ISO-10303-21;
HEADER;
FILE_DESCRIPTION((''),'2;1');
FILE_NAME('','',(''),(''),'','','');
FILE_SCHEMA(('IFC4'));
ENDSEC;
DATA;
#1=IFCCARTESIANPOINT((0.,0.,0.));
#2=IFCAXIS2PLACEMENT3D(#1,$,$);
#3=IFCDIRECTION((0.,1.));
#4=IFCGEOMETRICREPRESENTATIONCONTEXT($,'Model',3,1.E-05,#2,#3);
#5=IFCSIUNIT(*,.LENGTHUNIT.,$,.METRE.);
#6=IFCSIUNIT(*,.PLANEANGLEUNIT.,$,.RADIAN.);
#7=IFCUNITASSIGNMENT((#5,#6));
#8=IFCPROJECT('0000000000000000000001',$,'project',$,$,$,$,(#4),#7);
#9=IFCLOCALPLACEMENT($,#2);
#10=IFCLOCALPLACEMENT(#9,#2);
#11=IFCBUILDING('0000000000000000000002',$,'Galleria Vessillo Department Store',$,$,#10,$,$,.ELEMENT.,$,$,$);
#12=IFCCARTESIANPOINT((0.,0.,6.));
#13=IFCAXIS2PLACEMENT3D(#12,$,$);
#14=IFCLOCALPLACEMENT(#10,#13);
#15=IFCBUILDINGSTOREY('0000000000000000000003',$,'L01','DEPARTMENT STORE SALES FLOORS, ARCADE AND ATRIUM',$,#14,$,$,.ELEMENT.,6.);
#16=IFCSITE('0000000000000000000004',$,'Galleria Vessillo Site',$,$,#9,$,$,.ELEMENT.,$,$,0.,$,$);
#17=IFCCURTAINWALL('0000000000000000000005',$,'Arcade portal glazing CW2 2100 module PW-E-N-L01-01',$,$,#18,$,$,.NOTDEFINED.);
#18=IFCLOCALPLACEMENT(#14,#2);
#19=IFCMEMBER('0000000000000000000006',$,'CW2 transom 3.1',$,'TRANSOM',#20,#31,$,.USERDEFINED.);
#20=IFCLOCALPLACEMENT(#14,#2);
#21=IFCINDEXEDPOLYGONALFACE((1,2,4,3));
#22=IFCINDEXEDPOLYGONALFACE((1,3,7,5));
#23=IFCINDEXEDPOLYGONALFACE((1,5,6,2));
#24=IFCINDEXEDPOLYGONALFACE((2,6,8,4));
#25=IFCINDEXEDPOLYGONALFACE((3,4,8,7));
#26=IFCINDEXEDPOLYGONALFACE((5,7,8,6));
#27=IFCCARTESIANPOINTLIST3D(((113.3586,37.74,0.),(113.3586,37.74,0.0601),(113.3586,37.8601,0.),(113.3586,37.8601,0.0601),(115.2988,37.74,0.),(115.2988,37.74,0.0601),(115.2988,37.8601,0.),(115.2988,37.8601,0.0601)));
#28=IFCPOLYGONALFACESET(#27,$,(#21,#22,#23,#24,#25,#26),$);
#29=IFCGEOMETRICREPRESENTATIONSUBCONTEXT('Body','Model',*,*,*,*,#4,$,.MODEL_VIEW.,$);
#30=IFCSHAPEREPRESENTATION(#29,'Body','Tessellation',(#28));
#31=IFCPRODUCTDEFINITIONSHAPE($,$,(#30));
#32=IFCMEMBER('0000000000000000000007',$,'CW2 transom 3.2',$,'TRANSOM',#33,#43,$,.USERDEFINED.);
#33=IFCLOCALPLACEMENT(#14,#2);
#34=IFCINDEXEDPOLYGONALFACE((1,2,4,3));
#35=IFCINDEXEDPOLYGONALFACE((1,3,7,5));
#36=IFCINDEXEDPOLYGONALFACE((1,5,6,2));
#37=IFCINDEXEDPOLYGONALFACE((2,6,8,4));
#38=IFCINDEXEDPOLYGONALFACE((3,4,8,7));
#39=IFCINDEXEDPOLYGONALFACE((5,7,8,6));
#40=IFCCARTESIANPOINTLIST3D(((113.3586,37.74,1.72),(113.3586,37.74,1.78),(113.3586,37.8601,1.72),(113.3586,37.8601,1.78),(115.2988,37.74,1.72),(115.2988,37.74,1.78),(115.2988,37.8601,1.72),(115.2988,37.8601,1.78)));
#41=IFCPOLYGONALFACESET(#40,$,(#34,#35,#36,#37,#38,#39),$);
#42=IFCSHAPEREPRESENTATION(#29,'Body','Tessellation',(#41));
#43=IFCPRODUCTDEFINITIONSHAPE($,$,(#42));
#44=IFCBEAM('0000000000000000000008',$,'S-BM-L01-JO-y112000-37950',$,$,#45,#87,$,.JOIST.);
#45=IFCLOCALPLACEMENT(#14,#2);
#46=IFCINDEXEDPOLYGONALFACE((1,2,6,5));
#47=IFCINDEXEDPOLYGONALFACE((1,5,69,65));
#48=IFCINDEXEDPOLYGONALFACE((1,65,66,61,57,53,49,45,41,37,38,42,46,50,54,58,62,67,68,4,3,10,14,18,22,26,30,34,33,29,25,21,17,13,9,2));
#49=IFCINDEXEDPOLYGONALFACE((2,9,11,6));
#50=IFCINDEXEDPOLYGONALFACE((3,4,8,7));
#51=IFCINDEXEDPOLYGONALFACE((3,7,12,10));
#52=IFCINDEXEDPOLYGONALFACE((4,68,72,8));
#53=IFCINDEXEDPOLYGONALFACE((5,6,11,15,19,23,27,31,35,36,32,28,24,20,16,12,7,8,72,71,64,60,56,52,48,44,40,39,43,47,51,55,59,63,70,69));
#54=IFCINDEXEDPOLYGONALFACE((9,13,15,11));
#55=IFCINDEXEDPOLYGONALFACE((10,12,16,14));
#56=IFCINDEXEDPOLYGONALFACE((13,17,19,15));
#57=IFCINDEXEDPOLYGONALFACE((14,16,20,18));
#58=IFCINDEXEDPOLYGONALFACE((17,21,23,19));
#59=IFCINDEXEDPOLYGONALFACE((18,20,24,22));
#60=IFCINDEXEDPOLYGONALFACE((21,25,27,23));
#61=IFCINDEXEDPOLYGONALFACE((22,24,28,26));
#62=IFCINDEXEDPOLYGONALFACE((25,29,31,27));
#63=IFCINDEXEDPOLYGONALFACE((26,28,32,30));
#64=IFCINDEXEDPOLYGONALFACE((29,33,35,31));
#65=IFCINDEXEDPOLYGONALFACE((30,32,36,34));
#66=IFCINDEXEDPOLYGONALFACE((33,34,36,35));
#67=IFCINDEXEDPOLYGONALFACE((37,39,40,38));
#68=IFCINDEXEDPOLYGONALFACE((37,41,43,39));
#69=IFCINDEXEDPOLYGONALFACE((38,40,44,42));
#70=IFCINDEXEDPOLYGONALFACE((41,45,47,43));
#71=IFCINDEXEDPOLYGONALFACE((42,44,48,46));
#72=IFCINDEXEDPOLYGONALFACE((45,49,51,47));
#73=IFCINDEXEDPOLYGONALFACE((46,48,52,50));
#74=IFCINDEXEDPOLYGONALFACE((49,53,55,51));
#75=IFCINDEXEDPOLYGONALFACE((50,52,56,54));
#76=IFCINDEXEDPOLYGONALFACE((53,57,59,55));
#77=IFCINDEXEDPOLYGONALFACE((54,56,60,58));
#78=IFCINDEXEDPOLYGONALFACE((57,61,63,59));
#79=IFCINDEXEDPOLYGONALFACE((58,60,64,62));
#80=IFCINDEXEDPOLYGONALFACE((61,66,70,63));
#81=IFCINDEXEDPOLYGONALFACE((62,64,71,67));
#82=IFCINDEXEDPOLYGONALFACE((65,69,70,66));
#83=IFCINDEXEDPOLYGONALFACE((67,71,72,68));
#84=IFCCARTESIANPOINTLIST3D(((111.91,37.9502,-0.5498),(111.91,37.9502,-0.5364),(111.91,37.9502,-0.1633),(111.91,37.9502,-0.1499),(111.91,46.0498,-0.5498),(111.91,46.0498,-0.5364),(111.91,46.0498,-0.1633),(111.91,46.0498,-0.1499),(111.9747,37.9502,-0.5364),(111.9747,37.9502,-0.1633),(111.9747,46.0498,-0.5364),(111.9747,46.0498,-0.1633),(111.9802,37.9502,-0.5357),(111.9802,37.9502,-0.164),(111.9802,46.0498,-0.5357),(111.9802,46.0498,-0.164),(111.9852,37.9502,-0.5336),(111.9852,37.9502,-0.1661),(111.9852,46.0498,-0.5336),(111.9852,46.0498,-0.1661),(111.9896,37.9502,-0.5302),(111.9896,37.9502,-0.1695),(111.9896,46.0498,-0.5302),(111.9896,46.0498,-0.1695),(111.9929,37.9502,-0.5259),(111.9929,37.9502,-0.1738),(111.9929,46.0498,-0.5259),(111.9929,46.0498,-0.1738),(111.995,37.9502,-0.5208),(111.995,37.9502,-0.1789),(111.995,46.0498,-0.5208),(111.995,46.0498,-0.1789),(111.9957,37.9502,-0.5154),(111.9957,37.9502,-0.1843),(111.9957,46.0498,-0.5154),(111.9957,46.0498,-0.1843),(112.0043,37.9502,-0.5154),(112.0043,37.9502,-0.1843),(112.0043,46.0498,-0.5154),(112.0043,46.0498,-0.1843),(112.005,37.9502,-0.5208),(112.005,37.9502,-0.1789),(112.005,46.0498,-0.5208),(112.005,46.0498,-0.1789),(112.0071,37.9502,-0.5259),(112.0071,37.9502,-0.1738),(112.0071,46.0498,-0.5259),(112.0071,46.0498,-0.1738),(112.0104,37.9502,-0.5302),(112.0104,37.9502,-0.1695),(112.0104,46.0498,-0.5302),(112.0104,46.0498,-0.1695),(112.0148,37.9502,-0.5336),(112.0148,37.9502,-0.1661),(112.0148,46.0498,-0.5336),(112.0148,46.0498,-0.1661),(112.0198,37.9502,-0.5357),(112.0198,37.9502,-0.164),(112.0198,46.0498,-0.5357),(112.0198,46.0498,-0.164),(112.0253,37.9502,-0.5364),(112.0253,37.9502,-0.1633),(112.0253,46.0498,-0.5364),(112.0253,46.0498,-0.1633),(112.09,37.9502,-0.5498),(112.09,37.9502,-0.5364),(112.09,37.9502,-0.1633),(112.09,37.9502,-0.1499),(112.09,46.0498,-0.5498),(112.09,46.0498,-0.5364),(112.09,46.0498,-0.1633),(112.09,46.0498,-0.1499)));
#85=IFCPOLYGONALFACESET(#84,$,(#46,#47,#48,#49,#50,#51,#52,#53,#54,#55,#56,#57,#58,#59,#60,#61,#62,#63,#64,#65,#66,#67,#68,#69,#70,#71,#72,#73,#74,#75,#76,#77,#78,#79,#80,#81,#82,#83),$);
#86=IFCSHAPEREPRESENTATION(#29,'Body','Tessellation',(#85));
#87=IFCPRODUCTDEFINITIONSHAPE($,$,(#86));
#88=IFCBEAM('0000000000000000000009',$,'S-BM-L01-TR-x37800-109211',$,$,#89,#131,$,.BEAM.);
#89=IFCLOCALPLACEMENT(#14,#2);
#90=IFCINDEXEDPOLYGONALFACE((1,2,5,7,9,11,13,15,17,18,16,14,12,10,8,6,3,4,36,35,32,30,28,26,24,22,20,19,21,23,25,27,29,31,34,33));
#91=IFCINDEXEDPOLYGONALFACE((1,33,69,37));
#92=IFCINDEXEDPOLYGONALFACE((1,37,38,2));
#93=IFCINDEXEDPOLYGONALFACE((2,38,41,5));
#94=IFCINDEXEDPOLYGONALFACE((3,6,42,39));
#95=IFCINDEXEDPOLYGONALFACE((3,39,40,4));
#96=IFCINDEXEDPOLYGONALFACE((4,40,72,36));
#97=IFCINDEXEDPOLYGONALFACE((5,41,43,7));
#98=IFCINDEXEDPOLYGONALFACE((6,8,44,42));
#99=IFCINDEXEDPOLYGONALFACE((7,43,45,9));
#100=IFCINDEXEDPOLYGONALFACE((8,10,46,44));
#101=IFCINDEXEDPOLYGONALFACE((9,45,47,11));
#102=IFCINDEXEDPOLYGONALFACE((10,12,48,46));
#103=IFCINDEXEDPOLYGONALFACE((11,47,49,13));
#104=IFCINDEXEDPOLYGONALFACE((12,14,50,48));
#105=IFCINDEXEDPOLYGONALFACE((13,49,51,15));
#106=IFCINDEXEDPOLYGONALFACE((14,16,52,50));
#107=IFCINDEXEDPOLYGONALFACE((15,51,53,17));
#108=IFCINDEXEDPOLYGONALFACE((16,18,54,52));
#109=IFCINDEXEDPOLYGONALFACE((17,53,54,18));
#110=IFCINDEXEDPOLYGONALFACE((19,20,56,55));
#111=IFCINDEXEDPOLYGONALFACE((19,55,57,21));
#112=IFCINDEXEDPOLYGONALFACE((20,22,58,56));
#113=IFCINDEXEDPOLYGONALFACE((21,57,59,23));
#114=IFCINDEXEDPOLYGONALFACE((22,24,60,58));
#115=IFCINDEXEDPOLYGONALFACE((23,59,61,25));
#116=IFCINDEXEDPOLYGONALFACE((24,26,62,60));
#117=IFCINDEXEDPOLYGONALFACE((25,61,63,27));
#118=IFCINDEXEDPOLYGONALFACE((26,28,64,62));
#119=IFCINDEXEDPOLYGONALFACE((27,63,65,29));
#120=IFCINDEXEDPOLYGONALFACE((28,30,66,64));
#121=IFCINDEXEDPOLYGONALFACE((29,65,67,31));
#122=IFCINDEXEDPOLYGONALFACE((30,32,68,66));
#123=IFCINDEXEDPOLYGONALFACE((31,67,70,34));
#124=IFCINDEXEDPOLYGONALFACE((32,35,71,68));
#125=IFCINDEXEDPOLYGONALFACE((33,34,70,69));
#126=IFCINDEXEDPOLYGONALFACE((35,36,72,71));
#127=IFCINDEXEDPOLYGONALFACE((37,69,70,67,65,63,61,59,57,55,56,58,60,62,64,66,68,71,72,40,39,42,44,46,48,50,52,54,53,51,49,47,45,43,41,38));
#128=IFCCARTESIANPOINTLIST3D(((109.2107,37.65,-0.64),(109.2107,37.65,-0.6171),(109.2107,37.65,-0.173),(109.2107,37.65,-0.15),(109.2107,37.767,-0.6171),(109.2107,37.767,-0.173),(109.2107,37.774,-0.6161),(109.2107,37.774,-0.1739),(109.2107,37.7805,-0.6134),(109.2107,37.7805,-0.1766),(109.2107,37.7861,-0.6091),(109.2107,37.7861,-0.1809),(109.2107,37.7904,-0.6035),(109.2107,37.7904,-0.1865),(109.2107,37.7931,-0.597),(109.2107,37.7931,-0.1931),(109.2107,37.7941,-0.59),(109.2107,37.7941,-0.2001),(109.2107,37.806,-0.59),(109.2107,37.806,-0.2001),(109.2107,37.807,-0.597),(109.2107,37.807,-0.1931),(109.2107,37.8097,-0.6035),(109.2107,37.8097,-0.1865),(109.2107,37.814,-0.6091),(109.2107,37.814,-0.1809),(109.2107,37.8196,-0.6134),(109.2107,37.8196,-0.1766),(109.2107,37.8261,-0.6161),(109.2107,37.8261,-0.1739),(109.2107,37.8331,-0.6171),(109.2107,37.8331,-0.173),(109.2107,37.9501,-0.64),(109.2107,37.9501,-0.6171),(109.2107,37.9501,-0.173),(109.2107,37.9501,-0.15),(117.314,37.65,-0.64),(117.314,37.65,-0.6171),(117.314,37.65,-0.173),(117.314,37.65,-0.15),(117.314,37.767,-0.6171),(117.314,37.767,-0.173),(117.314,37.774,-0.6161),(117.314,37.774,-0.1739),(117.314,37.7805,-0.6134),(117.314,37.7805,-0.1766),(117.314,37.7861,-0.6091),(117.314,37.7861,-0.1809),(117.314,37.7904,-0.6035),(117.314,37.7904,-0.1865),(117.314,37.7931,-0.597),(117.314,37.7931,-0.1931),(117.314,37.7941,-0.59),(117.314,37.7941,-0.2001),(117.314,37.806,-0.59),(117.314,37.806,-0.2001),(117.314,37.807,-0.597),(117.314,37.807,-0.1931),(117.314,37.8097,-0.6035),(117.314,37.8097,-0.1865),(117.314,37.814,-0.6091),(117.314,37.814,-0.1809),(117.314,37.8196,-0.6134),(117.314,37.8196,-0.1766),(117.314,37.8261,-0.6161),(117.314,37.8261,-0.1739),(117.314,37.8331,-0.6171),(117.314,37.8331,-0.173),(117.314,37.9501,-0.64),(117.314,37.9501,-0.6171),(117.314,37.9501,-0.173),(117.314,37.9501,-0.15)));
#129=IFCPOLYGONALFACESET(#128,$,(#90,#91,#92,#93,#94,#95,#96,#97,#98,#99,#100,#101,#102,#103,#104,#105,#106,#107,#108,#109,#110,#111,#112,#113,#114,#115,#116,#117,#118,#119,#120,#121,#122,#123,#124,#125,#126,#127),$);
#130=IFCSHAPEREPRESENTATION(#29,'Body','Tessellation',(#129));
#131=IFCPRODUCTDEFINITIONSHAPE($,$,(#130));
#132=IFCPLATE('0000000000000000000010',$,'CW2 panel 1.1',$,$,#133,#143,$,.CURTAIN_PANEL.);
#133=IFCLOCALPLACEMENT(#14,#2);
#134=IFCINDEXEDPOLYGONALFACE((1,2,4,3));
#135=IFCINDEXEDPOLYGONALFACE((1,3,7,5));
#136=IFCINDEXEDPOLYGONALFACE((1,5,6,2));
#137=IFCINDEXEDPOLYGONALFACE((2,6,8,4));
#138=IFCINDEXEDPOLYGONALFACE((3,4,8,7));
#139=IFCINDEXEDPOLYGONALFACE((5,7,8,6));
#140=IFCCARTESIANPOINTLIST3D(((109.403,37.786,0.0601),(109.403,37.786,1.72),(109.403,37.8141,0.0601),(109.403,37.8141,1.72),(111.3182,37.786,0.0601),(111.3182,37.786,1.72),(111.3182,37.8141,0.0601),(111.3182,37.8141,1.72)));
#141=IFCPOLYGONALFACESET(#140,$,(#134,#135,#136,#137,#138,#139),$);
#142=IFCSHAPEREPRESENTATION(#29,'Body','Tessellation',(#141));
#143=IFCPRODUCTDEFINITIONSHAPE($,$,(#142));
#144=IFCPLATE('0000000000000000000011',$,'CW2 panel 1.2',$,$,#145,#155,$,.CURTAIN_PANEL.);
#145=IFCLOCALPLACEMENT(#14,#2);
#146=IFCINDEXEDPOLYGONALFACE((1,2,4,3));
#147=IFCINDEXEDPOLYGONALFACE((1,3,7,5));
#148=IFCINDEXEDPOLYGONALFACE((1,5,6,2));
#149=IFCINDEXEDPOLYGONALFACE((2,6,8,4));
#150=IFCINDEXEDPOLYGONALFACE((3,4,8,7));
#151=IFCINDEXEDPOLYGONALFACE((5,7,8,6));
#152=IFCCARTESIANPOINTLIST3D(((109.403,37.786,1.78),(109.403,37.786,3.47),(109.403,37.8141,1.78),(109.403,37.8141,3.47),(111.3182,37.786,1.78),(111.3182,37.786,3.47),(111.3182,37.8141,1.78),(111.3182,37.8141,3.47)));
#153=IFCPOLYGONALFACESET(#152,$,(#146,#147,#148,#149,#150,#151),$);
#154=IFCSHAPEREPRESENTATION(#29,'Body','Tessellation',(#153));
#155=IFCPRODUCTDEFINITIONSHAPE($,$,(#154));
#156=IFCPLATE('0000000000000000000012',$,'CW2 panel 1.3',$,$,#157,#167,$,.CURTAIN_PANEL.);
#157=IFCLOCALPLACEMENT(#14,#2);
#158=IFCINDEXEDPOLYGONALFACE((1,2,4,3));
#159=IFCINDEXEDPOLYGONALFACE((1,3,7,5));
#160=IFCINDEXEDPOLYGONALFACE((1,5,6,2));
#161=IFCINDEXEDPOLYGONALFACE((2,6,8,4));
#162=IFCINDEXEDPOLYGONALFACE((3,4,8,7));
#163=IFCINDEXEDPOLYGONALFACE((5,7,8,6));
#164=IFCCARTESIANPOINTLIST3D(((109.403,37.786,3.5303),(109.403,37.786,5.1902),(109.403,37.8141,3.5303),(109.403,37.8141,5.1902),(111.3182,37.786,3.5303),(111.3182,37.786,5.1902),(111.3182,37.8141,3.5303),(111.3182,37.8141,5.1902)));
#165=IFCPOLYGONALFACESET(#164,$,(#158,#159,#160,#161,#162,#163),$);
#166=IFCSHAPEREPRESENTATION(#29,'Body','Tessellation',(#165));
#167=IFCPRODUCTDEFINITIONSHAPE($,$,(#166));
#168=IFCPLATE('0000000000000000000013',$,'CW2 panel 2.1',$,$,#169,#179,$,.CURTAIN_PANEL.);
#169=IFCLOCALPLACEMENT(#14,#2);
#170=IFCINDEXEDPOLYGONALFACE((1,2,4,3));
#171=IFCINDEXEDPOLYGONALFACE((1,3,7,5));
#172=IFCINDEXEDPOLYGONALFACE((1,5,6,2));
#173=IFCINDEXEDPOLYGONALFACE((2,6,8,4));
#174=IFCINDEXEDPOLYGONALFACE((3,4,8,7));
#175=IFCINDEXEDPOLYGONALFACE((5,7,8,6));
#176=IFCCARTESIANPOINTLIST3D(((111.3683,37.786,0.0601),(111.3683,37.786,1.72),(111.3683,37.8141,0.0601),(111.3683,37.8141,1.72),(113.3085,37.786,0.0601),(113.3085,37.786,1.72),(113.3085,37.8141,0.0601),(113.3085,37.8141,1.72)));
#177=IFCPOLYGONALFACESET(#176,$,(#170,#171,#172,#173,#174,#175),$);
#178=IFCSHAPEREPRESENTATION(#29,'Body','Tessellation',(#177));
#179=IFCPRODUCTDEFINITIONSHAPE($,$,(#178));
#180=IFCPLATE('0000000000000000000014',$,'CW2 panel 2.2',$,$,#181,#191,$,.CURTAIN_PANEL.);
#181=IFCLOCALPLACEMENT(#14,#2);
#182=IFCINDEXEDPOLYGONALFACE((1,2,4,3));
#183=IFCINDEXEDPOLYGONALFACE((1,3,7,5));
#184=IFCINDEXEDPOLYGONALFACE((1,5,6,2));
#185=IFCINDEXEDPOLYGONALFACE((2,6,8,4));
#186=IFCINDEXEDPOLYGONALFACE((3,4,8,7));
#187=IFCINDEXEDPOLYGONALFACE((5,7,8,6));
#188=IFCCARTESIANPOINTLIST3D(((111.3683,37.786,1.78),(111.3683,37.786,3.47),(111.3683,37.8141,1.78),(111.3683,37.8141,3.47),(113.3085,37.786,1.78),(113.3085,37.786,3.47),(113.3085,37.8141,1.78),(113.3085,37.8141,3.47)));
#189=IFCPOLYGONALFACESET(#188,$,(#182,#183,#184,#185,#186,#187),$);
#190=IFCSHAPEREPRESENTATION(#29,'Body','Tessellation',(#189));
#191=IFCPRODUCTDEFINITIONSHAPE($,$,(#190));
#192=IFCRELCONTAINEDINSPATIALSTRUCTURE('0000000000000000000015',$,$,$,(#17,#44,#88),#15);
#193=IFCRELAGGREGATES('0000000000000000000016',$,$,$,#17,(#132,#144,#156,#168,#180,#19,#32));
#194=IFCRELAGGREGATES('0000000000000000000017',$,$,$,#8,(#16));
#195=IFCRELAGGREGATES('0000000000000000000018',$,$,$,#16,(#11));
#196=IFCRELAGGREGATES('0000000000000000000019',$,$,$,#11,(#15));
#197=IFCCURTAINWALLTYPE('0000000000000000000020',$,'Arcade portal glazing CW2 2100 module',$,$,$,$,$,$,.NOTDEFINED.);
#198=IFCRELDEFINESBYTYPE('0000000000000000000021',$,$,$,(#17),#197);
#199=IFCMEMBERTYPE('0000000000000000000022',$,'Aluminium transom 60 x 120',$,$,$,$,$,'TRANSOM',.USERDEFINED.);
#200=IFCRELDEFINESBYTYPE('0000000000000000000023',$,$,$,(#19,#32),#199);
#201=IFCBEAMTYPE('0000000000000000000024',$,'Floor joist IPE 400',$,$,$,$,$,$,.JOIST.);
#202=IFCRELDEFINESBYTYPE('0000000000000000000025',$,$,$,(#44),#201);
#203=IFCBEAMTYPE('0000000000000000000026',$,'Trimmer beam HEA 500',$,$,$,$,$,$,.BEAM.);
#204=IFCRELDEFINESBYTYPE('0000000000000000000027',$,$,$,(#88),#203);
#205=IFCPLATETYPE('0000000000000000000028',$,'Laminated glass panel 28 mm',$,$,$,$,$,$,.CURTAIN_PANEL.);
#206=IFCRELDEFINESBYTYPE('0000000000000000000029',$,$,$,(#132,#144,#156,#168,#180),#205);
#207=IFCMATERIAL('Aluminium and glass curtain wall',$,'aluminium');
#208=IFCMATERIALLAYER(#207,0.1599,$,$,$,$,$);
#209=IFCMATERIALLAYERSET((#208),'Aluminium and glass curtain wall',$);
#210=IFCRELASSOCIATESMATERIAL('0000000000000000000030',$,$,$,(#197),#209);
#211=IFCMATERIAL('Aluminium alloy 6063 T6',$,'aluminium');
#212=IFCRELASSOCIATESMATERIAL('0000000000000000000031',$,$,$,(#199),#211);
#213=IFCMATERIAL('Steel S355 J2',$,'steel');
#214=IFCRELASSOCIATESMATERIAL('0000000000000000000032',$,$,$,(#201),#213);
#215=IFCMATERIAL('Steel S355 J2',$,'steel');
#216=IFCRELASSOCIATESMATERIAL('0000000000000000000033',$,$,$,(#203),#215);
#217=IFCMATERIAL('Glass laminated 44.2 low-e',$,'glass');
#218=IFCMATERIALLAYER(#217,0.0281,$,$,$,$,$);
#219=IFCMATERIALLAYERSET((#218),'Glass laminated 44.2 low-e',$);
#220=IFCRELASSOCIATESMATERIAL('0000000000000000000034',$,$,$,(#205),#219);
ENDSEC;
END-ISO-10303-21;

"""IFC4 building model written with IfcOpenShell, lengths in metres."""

from ifc_helpers import new_model, si_unit, direction, frame, origin, origin_2d, place, context, subcontext, project, spatial, rectangle, i_section, extrude, material, layer, layer_set, material_profile, profile_set, type_object, element, aggregate, save


model = new_model("IFC4")

# Units and contexts
model_context = context("Model", 3, precision=1e-05, world=origin(), true_north=direction((0.0, 1.0)))
body_context = subcontext(model_context, "Body", "Model", "MODEL_VIEW")
ifc_project = project(units=[si_unit("LENGTHUNIT", "METRE"), si_unit("PLANEANGLEUNIT", "RADIAN")], contexts=[model_context])

# Site, building, storey
site_placement = place(None, origin())
site = spatial("IfcSite", under=ifc_project, at=site_placement, Name="Galleria Vessillo Site", CompositionType="ELEMENT", RefElevation=0.0)
building_placement = place(site_placement, origin())
building = spatial("IfcBuilding", under=site, at=building_placement, Name="Galleria Vessillo Department Store", CompositionType="ELEMENT")
storey_placement = place(building_placement, frame((0.0, 0.0, 6.0)))
storey = spatial("IfcBuildingStorey", under=building, at=storey_placement, Name="L01", Description="DEPARTMENT STORE SALES FLOORS, ARCADE AND ATRIUM", CompositionType="ELEMENT", Elevation=6.0)

# Curtain wall, members
ifc_material_1 = material(Name="Aluminium and glass curtain wall", Category="aluminium")
ifc_layer_1 = layer(ifc_material_1, 0.1599)
ifc_layer_set_1 = layer_set([ifc_layer_1], Name="Aluminium and glass curtain wall")
curtain_wall_type = type_object("IfcCurtainWallType", Name="Arcade portal glazing CW2 2100 module", PredefinedType="NOTDEFINED", material=ifc_layer_set_1)
curtain_wall_placement = place(storey_placement, origin())
curtain_wall = element("IfcCurtainWall", 1, at=curtain_wall_placement, inside=storey, type_object=curtain_wall_type, Name="Arcade portal glazing CW2 2100 module PW-E-N-L01-01", PredefinedType="NOTDEFINED")
ifc_material_2 = material(Name="Aluminium alloy 6063 T6", Category="aluminium")
ifc_material_profile_1 = material_profile(ifc_material_2, rectangle(XDim=0.1201, YDim=0.0601, at=origin_2d()), Name="AL 60x120")
ifc_profile_set_1 = profile_set([ifc_material_profile_1], Name="Aluminium alloy 6063 T6")
member_type_1 = type_object("IfcMemberType", Name="Aluminium transom 60 x 120", ElementType="TRANSOM", PredefinedType="USERDEFINED", material=ifc_profile_set_1)
member_1_placement = place(storey_placement, frame((113.3586, 37.8, 0.03), z_axis=(1.0, 0.0, 0.0), x_axis=(0.0, 1.0, 0.0)))
member_1 = element("IfcMember", 2, at=member_1_placement, type_object=member_type_1, Name="CW2 transom 3.1", ObjectType="TRANSOM", PredefinedType="USERDEFINED", context=body_context, shape_type="SweptSolid", body=[
    extrude(rectangle(XDim=0.1201, YDim=0.0601, at=origin_2d()), origin(), (0.0, 0.0, 1.0), 1.9402),
])
member_2_placement = place(storey_placement, frame((113.3586, 37.8, 1.75), z_axis=(1.0, 0.0, 0.0), x_axis=(0.0, 1.0, 0.0)))
member_2 = element("IfcMember", 3, at=member_2_placement, type_object=member_type_1, Name="CW2 transom 3.2", ObjectType="TRANSOM", PredefinedType="USERDEFINED", context=body_context, shape_type="SweptSolid", body=[
    extrude(rectangle(XDim=0.1201, YDim=0.0601, at=origin_2d()), origin(), (0.0, 0.0, 1.0), 1.9402),
])

# Beams
ifc_material_3 = material(Name="Steel S355 J2", Category="steel")
ifc_material_profile_2 = material_profile(ifc_material_3, i_section(OverallWidth=0.1799, OverallDepth=0.3999, WebThickness=0.0085, FlangeThickness=0.0134, FilletRadius=0.021, at=origin_2d()), Name="IPE 400")
ifc_profile_set_2 = profile_set([ifc_material_profile_2], Name="Steel S355 J2")
beam_type_1 = type_object("IfcBeamType", Name="Floor joist IPE 400", PredefinedType="JOIST", material=ifc_profile_set_2)
beam_1_placement = place(storey_placement, frame((112.0, 37.9502, -0.3499), z_axis=(0.0, 1.0, 0.0), x_axis=(-1.0, 0.0, 0.0)))
element("IfcBeam", 4, at=beam_1_placement, inside=storey, type_object=beam_type_1, Name="S-BM-L01-JO-y112000-37950", PredefinedType="JOIST", context=body_context, shape_type="SweptSolid", body=[
    extrude(i_section(OverallWidth=0.1799, OverallDepth=0.3999, WebThickness=0.0085, FlangeThickness=0.0134, FilletRadius=0.021, at=origin_2d()), origin(), (0.0, 0.0, 1.0), 8.0996),
])
ifc_material_4 = material(Name="Steel S355 J2", Category="steel")
ifc_material_profile_3 = material_profile(ifc_material_4, i_section(OverallWidth=0.3, OverallDepth=0.49, WebThickness=0.012, FlangeThickness=0.0229, FilletRadius=0.0271, at=origin_2d()), Name="HEA 500")
ifc_profile_set_3 = profile_set([ifc_material_profile_3], Name="Steel S355 J2")
beam_type_2 = type_object("IfcBeamType", Name="Trimmer beam HEA 500", PredefinedType="BEAM", material=ifc_profile_set_3)
beam_2_placement = place(storey_placement, frame((109.2107, 37.8, -0.395), z_axis=(1.0, 0.0, 0.0), x_axis=(0.0, 1.0, 0.0)))
element("IfcBeam", 5, at=beam_2_placement, inside=storey, type_object=beam_type_2, Name="S-BM-L01-TR-x37800-109211", PredefinedType="BEAM", context=body_context, shape_type="SweptSolid", body=[
    extrude(i_section(OverallWidth=0.3, OverallDepth=0.49, WebThickness=0.012, FlangeThickness=0.0229, FilletRadius=0.0271, at=origin_2d()), origin(), (0.0, 0.0, 1.0), 8.1033),
])

# Plates
ifc_material_5 = material(Name="Glass laminated 44.2 low-e", Category="glass")
ifc_layer_2 = layer(ifc_material_5, 0.0281)
ifc_layer_set_2 = layer_set([ifc_layer_2], Name="Glass laminated 44.2 low-e")
plate_type = type_object("IfcPlateType", Name="Laminated glass panel 28 mm", PredefinedType="CURTAIN_PANEL", material=ifc_layer_set_2)
plate_1_placement = place(storey_placement, frame((110.3606, 37.8, 0.0601), z_axis=(0.0, 0.0, 1.0), x_axis=(1.0, 0.0, 0.0)))
plate_1 = element("IfcPlate", 6, at=plate_1_placement, type_object=plate_type, Name="CW2 panel 1.1", PredefinedType="CURTAIN_PANEL", context=body_context, shape_type="SweptSolid", body=[
    extrude(rectangle(XDim=1.9153, YDim=0.0281, at=origin_2d()), origin(), (0.0, 0.0, 1.0), 1.6599),
])
plate_2_placement = place(storey_placement, frame((110.3606, 37.8, 1.78), z_axis=(0.0, 0.0, 1.0), x_axis=(1.0, 0.0, 0.0)))
plate_2 = element("IfcPlate", 7, at=plate_2_placement, type_object=plate_type, Name="CW2 panel 1.2", PredefinedType="CURTAIN_PANEL", context=body_context, shape_type="SweptSolid", body=[
    extrude(rectangle(XDim=1.9153, YDim=0.0281, at=origin_2d()), origin(), (0.0, 0.0, 1.0), 1.6899),
])
plate_3_placement = place(storey_placement, frame((110.3606, 37.8, 3.5303), z_axis=(0.0, 0.0, 1.0), x_axis=(1.0, 0.0, 0.0)))
plate_3 = element("IfcPlate", 8, at=plate_3_placement, type_object=plate_type, Name="CW2 panel 1.3", PredefinedType="CURTAIN_PANEL", context=body_context, shape_type="SweptSolid", body=[
    extrude(rectangle(XDim=1.9153, YDim=0.0281, at=origin_2d()), origin(), (0.0, 0.0, 1.0), 1.6599),
])
plate_4_placement = place(storey_placement, frame((112.3384, 37.8, 0.0601), z_axis=(0.0, 0.0, 1.0), x_axis=(1.0, 0.0, 0.0)))
plate_4 = element("IfcPlate", 9, at=plate_4_placement, type_object=plate_type, Name="CW2 panel 2.1", PredefinedType="CURTAIN_PANEL", context=body_context, shape_type="SweptSolid", body=[
    extrude(rectangle(XDim=1.9402, YDim=0.0281, at=origin_2d()), origin(), (0.0, 0.0, 1.0), 1.6599),
])
plate_5_placement = place(storey_placement, frame((112.3384, 37.8, 1.78), z_axis=(0.0, 0.0, 1.0), x_axis=(1.0, 0.0, 0.0)))
plate_5 = element("IfcPlate", 10, at=plate_5_placement, type_object=plate_type, Name="CW2 panel 2.2", PredefinedType="CURTAIN_PANEL", context=body_context, shape_type="SweptSolid", body=[
    extrude(rectangle(XDim=1.9402, YDim=0.0281, at=origin_2d()), origin(), (0.0, 0.0, 1.0), 1.6899),
])
aggregate(curtain_wall, [plate_1, plate_2, plate_3, plate_4, plate_5, member_1, member_2])

save(model, "model.ifc")
